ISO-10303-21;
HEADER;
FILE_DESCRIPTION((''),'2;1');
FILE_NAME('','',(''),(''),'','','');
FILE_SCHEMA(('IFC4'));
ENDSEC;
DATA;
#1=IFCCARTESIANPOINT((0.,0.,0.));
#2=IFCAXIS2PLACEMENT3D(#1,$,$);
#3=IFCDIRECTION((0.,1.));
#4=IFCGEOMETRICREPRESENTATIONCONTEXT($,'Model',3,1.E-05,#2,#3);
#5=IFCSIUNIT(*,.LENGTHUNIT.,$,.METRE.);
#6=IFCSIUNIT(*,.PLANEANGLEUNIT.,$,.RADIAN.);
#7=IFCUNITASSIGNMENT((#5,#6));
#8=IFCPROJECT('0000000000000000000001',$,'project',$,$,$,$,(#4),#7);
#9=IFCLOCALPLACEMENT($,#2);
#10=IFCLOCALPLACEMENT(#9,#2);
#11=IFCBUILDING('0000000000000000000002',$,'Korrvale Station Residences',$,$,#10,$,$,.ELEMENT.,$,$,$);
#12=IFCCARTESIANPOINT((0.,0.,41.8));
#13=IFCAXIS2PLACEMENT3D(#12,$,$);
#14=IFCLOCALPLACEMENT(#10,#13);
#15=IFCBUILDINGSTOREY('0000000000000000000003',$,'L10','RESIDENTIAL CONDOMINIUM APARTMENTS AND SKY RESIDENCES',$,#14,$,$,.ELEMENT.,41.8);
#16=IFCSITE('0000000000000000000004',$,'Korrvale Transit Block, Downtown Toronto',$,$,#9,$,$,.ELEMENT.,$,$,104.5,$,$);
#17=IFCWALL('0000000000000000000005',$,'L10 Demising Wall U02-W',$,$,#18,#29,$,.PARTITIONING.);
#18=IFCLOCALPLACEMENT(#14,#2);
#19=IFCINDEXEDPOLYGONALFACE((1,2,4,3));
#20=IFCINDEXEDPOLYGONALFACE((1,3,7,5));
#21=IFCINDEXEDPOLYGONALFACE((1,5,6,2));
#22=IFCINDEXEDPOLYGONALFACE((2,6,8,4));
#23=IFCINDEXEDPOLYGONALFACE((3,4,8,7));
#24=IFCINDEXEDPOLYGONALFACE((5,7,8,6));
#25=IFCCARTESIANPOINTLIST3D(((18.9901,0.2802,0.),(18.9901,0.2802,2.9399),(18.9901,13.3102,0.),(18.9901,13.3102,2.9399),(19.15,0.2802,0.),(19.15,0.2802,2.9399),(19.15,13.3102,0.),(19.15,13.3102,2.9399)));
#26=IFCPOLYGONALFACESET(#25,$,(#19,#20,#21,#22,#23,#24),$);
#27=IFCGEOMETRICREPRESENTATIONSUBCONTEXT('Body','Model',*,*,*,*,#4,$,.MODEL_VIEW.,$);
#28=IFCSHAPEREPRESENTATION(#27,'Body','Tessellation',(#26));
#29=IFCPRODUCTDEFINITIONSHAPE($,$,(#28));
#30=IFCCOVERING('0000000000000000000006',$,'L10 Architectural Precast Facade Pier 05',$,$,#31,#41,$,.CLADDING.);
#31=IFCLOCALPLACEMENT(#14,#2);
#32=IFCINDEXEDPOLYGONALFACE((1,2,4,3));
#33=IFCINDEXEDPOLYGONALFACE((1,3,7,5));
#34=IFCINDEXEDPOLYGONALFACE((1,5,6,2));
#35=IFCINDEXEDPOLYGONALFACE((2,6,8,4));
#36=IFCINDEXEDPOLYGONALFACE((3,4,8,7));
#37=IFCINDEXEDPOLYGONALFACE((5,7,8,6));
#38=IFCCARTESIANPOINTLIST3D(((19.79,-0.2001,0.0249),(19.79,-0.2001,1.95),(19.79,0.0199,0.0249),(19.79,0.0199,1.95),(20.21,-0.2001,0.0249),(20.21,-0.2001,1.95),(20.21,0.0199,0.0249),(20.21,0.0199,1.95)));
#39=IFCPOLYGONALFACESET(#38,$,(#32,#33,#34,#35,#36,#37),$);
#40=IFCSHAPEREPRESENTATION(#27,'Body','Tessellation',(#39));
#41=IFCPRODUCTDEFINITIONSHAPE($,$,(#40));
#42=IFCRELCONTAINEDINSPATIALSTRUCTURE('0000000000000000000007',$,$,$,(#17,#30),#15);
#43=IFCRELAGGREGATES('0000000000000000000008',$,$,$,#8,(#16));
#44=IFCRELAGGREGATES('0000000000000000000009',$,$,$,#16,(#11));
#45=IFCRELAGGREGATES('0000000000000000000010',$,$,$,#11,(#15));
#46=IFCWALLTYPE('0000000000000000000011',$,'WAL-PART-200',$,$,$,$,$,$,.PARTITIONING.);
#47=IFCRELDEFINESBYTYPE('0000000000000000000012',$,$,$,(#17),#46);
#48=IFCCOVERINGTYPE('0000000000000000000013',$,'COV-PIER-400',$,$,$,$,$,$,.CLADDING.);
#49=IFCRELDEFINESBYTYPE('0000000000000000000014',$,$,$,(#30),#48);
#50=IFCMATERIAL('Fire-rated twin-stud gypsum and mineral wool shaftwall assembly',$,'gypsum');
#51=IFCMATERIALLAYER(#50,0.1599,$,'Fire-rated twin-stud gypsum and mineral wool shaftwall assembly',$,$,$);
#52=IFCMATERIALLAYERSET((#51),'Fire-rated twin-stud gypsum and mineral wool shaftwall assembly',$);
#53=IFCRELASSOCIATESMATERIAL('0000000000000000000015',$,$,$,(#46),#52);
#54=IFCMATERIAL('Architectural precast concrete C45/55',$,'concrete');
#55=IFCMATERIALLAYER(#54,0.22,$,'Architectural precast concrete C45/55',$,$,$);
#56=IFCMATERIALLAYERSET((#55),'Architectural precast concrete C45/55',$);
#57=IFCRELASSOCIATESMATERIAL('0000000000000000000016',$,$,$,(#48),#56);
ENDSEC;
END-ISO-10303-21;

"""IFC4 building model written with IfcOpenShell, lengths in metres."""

from ifc_helpers import new_model, si_unit, direction, frame, frame_2d, origin, origin_2d, place, context, subcontext, project, spatial, rectangle, extrude, material, layer, layer_set, type_object, element, save


model = new_model("IFC4")

# Units and contexts
model_context = context("Model", 3, precision=1e-05, world=origin(), true_north=direction((0.0, 1.0)))
body_context = subcontext(model_context, "Body", "Model", "MODEL_VIEW")
ifc_project = project(units=[si_unit("LENGTHUNIT", "METRE"), si_unit("PLANEANGLEUNIT", "RADIAN")], contexts=[model_context])

# Site, building, storey
site_placement = place(None, origin())
site = spatial("IfcSite", under=ifc_project, at=site_placement, Name="Korrvale Transit Block, Downtown Toronto", CompositionType="ELEMENT", RefElevation=104.5)
building_placement = place(site_placement, origin())
building = spatial("IfcBuilding", under=site, at=building_placement, Name="Korrvale Station Residences", CompositionType="ELEMENT")
storey_placement = place(building_placement, frame((0.0, 0.0, 41.8)))
storey = spatial("IfcBuildingStorey", under=building, at=storey_placement, Name="L10", Description="RESIDENTIAL CONDOMINIUM APARTMENTS AND SKY RESIDENCES", CompositionType="ELEMENT", Elevation=41.8)

# Wall
ifc_material_1 = material(Name="Fire-rated twin-stud gypsum and mineral wool shaftwall assembly", Category="gypsum")
ifc_layer_1 = layer(ifc_material_1, 0.1599, Name="Fire-rated twin-stud gypsum and mineral wool shaftwall assembly")
ifc_layer_set_1 = layer_set([ifc_layer_1], Name="Fire-rated twin-stud gypsum and mineral wool shaftwall assembly")
wall_type_1 = type_object("IfcWallType", Name="WAL-PART-200", PredefinedType="PARTITIONING", material=ifc_layer_set_1)
wall_1_placement = place(storey_placement, frame((19.0701, 0.28, 0.0), z_axis=(0.0, 0.0, 1.0), x_axis=(0.0, 1.0, 0.0)))
element("IfcWall", 1, at=wall_1_placement, inside=storey, type_object=wall_type_1, Name="L10 Demising Wall U02-W", PredefinedType="PARTITIONING", context=body_context, shape_type="SweptSolid", body=[
    extrude(rectangle(XDim=13.03, YDim=0.1599, at=frame_2d((6.5151, 0.0))), origin(), (0.0, 0.0, 1.0), 2.9399),
])

# Covering
ifc_material_2 = material(Name="Architectural precast concrete C45/55", Category="concrete")
ifc_layer_2 = layer(ifc_material_2, 0.22, Name="Architectural precast concrete C45/55")
ifc_layer_set_2 = layer_set([ifc_layer_2], Name="Architectural precast concrete C45/55")
covering_type = type_object("IfcCoveringType", Name="COV-PIER-400", PredefinedType="CLADDING", material=ifc_layer_set_2)
covering_placement = place(storey_placement, frame((20.0, -0.0901, 0.0249), z_axis=(0.0, 0.0, 1.0), x_axis=(1.0, 0.0, 0.0)))
element("IfcCovering", 2, at=covering_placement, inside=storey, type_object=covering_type, Name="L10 Architectural Precast Facade Pier 05", PredefinedType="CLADDING", context=body_context, shape_type="SweptSolid", body=[
    extrude(rectangle(XDim=0.4199, YDim=0.22, at=origin_2d()), origin(), (0.0, 0.0, 1.0), 1.925),
])

save(model, "model.ifc")
